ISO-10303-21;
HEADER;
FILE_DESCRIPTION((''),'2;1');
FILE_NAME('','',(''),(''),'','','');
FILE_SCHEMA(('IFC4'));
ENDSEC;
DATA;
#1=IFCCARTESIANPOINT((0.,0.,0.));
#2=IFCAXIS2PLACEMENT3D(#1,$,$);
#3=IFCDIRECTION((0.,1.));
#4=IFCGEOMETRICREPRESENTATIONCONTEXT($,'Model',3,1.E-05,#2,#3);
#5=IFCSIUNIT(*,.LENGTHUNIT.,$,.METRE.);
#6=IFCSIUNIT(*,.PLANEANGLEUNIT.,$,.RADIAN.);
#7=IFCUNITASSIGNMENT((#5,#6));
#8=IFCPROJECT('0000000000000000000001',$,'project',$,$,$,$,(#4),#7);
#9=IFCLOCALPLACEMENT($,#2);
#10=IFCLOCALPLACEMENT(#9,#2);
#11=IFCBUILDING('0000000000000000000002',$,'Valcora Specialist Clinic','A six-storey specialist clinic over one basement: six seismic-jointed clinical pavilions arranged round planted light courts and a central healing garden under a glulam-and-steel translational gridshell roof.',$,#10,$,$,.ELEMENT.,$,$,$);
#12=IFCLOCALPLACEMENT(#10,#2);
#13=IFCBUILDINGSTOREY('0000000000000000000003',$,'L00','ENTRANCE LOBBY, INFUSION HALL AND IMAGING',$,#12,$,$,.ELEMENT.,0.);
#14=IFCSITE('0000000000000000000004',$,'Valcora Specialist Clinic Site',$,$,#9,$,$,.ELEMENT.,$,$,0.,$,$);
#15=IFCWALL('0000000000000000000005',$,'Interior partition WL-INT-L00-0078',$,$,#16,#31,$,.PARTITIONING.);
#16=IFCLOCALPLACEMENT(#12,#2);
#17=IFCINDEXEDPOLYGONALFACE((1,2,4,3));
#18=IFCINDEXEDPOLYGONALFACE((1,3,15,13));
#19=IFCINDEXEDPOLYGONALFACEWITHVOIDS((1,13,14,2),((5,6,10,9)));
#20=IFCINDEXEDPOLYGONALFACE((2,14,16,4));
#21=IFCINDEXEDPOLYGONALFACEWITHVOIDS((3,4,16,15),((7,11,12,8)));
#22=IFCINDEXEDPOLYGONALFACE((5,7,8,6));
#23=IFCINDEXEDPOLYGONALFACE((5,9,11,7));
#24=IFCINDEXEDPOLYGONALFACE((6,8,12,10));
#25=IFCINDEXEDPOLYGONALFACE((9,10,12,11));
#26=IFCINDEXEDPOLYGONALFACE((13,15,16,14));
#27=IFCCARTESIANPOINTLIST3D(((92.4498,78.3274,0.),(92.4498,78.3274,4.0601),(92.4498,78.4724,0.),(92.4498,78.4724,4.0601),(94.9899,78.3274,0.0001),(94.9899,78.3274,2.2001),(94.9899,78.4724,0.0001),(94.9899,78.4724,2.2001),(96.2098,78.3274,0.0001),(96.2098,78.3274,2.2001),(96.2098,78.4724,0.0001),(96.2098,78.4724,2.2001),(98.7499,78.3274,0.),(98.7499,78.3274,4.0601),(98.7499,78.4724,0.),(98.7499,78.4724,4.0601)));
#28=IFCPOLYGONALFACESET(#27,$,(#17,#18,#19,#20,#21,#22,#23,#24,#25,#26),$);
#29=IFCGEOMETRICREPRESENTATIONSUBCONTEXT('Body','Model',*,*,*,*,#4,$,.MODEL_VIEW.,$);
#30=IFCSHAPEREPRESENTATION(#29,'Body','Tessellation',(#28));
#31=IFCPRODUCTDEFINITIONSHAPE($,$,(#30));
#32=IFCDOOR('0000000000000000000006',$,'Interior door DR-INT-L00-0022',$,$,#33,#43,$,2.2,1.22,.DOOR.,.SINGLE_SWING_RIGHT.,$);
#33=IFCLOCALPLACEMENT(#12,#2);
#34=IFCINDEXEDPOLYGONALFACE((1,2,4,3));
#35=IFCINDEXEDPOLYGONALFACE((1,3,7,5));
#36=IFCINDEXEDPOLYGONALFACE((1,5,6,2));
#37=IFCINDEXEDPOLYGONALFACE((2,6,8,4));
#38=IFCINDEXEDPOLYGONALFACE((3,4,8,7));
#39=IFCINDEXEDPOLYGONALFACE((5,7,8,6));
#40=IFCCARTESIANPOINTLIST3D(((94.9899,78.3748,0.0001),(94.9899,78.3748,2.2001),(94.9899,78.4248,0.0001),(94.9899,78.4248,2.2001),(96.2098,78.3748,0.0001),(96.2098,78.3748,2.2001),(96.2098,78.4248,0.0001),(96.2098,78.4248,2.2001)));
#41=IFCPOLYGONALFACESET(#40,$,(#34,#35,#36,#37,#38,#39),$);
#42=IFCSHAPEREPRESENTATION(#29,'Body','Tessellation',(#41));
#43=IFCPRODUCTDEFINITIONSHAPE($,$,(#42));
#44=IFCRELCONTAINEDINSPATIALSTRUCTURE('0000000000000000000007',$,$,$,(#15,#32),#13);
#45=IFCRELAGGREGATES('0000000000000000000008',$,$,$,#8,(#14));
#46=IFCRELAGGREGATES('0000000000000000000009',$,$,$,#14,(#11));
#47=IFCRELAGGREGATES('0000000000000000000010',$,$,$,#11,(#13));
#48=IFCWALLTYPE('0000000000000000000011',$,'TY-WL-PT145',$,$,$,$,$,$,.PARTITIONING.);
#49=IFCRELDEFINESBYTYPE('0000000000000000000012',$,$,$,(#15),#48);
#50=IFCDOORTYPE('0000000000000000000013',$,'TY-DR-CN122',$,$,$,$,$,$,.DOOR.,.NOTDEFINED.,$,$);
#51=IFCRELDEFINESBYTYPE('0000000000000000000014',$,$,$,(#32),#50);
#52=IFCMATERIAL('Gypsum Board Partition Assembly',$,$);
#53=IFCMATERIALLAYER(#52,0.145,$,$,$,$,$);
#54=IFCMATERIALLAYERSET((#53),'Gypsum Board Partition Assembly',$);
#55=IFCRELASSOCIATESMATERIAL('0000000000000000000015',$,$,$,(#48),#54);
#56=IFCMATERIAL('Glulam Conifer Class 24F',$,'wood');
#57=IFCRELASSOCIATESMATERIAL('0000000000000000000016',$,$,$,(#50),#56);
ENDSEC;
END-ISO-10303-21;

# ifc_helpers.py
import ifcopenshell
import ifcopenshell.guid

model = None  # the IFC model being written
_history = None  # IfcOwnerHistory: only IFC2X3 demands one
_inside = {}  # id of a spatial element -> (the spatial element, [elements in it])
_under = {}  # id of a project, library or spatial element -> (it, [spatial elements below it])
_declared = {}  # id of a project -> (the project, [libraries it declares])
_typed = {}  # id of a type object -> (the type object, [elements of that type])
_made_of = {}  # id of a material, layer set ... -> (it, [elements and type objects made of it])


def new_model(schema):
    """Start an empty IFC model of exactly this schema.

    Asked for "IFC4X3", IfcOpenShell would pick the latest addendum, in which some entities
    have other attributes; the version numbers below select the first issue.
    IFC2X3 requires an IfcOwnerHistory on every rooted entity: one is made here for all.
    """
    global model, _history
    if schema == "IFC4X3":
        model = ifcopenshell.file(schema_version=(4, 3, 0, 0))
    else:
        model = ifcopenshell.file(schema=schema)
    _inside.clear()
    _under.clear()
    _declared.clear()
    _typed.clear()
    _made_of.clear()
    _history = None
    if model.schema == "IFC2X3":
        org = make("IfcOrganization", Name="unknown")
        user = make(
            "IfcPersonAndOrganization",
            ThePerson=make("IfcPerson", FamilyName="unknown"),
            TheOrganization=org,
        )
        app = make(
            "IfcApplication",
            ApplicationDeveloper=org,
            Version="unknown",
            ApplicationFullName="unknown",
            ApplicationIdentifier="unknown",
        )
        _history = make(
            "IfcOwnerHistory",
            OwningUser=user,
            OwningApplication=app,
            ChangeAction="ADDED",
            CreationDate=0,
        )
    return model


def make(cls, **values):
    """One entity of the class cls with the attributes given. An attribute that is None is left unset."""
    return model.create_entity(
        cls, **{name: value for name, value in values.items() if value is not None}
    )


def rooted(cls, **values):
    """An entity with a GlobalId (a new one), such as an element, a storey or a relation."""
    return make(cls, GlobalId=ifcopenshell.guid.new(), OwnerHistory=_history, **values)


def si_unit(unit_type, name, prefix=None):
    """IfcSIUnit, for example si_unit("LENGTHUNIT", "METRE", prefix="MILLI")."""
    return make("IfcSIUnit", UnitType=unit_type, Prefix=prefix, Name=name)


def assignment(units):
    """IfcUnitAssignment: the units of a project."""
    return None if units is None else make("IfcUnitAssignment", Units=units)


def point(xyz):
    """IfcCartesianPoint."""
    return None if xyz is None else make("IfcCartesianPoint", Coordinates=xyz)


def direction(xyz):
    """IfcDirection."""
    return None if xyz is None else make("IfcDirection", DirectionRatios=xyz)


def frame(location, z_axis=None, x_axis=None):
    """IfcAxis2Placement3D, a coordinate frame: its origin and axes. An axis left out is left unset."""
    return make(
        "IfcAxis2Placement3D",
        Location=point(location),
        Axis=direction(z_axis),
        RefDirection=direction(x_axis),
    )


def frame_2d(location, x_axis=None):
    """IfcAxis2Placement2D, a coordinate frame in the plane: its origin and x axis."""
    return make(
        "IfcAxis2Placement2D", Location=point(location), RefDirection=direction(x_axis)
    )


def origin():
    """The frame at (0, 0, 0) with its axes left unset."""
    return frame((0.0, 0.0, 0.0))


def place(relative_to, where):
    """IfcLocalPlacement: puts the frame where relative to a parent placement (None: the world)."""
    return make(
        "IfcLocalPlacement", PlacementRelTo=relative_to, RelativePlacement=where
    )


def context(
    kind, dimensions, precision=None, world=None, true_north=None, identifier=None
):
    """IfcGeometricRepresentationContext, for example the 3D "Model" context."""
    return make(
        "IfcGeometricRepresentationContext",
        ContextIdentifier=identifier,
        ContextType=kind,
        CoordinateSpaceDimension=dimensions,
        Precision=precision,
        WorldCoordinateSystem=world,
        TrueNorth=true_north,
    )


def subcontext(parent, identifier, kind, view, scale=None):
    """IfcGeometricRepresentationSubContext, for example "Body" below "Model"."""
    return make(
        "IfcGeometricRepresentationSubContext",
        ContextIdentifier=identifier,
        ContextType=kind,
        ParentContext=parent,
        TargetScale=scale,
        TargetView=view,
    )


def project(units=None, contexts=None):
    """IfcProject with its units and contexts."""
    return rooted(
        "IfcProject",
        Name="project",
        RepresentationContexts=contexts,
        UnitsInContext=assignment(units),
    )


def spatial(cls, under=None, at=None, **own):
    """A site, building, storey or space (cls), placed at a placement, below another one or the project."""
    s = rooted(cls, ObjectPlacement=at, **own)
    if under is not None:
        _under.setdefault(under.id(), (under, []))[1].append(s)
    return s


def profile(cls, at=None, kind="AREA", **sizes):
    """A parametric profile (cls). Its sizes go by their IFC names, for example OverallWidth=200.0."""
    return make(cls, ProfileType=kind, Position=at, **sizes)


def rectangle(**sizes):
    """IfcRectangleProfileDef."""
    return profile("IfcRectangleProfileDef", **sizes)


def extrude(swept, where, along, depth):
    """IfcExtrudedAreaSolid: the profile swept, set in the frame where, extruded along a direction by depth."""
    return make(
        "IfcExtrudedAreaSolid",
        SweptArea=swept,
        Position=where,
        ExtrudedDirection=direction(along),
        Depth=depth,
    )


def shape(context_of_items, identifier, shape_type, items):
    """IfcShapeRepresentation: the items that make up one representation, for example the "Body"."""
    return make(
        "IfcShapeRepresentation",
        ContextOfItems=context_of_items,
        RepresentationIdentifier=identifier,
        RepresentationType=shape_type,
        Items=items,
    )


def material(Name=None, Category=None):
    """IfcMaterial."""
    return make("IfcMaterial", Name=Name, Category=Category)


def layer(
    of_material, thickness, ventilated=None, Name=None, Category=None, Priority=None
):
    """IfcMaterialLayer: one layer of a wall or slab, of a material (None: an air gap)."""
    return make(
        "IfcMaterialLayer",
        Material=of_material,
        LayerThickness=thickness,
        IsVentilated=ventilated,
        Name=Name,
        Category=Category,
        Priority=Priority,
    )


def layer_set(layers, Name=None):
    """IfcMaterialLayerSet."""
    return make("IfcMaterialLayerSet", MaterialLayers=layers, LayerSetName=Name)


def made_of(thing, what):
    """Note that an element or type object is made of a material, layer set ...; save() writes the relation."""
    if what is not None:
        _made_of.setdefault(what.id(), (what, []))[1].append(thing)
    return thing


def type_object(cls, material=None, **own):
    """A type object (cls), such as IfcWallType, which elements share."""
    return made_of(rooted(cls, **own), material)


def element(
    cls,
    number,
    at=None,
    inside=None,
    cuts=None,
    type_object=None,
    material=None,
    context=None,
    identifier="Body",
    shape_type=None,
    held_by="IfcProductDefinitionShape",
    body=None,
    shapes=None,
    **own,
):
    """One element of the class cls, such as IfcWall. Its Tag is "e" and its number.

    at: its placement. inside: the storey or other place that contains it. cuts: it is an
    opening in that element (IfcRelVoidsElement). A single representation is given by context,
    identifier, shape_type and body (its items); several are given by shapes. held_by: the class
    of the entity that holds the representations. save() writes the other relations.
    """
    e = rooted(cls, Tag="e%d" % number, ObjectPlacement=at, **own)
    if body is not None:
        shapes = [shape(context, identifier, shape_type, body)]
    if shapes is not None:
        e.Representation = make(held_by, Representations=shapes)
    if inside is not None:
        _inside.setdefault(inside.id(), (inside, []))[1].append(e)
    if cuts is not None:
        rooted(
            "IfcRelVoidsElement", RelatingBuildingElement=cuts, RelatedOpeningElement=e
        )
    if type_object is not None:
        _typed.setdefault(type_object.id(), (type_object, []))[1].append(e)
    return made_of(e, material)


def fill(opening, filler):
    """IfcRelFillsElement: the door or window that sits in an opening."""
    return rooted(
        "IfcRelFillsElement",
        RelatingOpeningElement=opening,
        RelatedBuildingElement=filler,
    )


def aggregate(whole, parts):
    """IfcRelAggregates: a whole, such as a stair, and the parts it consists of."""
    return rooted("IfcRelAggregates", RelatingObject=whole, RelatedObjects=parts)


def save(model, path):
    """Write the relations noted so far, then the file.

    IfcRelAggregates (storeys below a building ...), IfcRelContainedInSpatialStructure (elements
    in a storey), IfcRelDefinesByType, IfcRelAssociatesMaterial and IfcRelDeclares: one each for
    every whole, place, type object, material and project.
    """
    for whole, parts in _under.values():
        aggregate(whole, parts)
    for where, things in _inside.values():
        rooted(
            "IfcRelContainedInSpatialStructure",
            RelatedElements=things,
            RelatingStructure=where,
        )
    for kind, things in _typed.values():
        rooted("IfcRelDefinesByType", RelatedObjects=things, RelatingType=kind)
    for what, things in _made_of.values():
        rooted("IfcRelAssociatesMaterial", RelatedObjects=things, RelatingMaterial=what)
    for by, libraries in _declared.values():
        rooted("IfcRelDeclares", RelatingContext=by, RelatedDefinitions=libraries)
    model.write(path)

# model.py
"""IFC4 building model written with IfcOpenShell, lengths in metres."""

from ifc_helpers import new_model, si_unit, direction, frame, frame_2d, origin, place, context, subcontext, project, spatial, rectangle, extrude, material, layer, layer_set, type_object, element, fill, save


model = new_model("IFC4")

# Units and contexts
model_context = context("Model", 3, precision=1e-05, world=origin(), true_north=direction((0.0, 1.0)))
body_context = subcontext(model_context, "Body", "Model", "MODEL_VIEW")
ifc_project = project(units=[si_unit("LENGTHUNIT", "METRE"), si_unit("PLANEANGLEUNIT", "RADIAN")], contexts=[model_context])

# Site, building, storey
site_placement = place(None, origin())
site = spatial("IfcSite", under=ifc_project, at=site_placement, Name="Valcora Specialist Clinic Site", CompositionType="ELEMENT", RefElevation=0.0)
building_placement = place(site_placement, origin())
building = spatial("IfcBuilding", under=site, at=building_placement, Name="Valcora Specialist Clinic", Description="A six-storey specialist clinic over one basement: six seismic-jointed clinical pavilions arranged round planted light courts and a central healing garden under a glulam-and-steel translational gridshell roof.", CompositionType="ELEMENT")
storey_placement = place(building_placement, origin())
storey = spatial("IfcBuildingStorey", under=building, at=storey_placement, Name="L00", Description="ENTRANCE LOBBY, INFUSION HALL AND IMAGING", CompositionType="ELEMENT", Elevation=0.0)

# Shared definitions
ifc_material_1 = material(Name="Gypsum Board Partition Assembly")

# Wall, opening, door
ifc_layer_1 = layer(ifc_material_1, 0.145)
ifc_layer_set_1 = layer_set([ifc_layer_1], Name="Gypsum Board Partition Assembly")
wall_type_1 = type_object("IfcWallType", Name="TY-WL-PT145", PredefinedType="PARTITIONING", material=ifc_layer_set_1)
wall_1_placement = place(storey_placement, frame((92.45, 78.3999, 0.0), z_axis=(0.0, 0.0, 1.0), x_axis=(1.0, 0.0, 0.0)))
wall_1 = element("IfcWall", 1, at=wall_1_placement, inside=storey, type_object=wall_type_1, Name="Interior partition WL-INT-L00-0078", PredefinedType="PARTITIONING", context=body_context, shape_type="SweptSolid", body=[
    extrude(rectangle(XDim=6.3, YDim=0.145, at=frame_2d((3.1499, 0.0))), origin(), (0.0, 0.0, 1.0), 4.0601),
])
opening_1_placement = place(wall_1_placement, frame((2.54, 0.0, 0.0)))
opening_1 = element("IfcOpeningElement", 2, at=opening_1_placement, cuts=wall_1, PredefinedType="OPENING", context=body_context, shape_type="SweptSolid", body=[
    extrude(rectangle(XDim=1.22, YDim=2.2, at=frame_2d((0.6099, 1.1001))), frame((0.0, 0.0825, 0.0), z_axis=(0.0, -1.0, 0.0), x_axis=(1.0, 0.0, 0.0)), (0.0, 0.0, 1.0), 0.165),
])
ifc_material_2 = material(Name="Glulam Conifer Class 24F", Category="wood")
door_type_1 = type_object("IfcDoorType", Name="TY-DR-CN122", OperationType="NOTDEFINED", PredefinedType="DOOR", material=ifc_material_2)
door_1_placement = place(opening_1_placement, origin())
door_1 = element("IfcDoor", 3, at=door_1_placement, inside=storey, type_object=door_type_1, Name="Interior door DR-INT-L00-0022", OperationType="SINGLE_SWING_RIGHT", OverallHeight=2.2, OverallWidth=1.22, PredefinedType="DOOR", context=body_context, shape_type="SweptSolid", body=[
    extrude(rectangle(XDim=1.22, YDim=2.2, at=frame_2d((0.6099, 1.1001))), frame((0.0, 0.0249, 0.0), z_axis=(0.0, -1.0, 0.0), x_axis=(1.0, 0.0, 0.0)), (0.0, 0.0, 1.0), 0.05),
])
fill(opening_1, door_1)

save(model, "model.ifc")
